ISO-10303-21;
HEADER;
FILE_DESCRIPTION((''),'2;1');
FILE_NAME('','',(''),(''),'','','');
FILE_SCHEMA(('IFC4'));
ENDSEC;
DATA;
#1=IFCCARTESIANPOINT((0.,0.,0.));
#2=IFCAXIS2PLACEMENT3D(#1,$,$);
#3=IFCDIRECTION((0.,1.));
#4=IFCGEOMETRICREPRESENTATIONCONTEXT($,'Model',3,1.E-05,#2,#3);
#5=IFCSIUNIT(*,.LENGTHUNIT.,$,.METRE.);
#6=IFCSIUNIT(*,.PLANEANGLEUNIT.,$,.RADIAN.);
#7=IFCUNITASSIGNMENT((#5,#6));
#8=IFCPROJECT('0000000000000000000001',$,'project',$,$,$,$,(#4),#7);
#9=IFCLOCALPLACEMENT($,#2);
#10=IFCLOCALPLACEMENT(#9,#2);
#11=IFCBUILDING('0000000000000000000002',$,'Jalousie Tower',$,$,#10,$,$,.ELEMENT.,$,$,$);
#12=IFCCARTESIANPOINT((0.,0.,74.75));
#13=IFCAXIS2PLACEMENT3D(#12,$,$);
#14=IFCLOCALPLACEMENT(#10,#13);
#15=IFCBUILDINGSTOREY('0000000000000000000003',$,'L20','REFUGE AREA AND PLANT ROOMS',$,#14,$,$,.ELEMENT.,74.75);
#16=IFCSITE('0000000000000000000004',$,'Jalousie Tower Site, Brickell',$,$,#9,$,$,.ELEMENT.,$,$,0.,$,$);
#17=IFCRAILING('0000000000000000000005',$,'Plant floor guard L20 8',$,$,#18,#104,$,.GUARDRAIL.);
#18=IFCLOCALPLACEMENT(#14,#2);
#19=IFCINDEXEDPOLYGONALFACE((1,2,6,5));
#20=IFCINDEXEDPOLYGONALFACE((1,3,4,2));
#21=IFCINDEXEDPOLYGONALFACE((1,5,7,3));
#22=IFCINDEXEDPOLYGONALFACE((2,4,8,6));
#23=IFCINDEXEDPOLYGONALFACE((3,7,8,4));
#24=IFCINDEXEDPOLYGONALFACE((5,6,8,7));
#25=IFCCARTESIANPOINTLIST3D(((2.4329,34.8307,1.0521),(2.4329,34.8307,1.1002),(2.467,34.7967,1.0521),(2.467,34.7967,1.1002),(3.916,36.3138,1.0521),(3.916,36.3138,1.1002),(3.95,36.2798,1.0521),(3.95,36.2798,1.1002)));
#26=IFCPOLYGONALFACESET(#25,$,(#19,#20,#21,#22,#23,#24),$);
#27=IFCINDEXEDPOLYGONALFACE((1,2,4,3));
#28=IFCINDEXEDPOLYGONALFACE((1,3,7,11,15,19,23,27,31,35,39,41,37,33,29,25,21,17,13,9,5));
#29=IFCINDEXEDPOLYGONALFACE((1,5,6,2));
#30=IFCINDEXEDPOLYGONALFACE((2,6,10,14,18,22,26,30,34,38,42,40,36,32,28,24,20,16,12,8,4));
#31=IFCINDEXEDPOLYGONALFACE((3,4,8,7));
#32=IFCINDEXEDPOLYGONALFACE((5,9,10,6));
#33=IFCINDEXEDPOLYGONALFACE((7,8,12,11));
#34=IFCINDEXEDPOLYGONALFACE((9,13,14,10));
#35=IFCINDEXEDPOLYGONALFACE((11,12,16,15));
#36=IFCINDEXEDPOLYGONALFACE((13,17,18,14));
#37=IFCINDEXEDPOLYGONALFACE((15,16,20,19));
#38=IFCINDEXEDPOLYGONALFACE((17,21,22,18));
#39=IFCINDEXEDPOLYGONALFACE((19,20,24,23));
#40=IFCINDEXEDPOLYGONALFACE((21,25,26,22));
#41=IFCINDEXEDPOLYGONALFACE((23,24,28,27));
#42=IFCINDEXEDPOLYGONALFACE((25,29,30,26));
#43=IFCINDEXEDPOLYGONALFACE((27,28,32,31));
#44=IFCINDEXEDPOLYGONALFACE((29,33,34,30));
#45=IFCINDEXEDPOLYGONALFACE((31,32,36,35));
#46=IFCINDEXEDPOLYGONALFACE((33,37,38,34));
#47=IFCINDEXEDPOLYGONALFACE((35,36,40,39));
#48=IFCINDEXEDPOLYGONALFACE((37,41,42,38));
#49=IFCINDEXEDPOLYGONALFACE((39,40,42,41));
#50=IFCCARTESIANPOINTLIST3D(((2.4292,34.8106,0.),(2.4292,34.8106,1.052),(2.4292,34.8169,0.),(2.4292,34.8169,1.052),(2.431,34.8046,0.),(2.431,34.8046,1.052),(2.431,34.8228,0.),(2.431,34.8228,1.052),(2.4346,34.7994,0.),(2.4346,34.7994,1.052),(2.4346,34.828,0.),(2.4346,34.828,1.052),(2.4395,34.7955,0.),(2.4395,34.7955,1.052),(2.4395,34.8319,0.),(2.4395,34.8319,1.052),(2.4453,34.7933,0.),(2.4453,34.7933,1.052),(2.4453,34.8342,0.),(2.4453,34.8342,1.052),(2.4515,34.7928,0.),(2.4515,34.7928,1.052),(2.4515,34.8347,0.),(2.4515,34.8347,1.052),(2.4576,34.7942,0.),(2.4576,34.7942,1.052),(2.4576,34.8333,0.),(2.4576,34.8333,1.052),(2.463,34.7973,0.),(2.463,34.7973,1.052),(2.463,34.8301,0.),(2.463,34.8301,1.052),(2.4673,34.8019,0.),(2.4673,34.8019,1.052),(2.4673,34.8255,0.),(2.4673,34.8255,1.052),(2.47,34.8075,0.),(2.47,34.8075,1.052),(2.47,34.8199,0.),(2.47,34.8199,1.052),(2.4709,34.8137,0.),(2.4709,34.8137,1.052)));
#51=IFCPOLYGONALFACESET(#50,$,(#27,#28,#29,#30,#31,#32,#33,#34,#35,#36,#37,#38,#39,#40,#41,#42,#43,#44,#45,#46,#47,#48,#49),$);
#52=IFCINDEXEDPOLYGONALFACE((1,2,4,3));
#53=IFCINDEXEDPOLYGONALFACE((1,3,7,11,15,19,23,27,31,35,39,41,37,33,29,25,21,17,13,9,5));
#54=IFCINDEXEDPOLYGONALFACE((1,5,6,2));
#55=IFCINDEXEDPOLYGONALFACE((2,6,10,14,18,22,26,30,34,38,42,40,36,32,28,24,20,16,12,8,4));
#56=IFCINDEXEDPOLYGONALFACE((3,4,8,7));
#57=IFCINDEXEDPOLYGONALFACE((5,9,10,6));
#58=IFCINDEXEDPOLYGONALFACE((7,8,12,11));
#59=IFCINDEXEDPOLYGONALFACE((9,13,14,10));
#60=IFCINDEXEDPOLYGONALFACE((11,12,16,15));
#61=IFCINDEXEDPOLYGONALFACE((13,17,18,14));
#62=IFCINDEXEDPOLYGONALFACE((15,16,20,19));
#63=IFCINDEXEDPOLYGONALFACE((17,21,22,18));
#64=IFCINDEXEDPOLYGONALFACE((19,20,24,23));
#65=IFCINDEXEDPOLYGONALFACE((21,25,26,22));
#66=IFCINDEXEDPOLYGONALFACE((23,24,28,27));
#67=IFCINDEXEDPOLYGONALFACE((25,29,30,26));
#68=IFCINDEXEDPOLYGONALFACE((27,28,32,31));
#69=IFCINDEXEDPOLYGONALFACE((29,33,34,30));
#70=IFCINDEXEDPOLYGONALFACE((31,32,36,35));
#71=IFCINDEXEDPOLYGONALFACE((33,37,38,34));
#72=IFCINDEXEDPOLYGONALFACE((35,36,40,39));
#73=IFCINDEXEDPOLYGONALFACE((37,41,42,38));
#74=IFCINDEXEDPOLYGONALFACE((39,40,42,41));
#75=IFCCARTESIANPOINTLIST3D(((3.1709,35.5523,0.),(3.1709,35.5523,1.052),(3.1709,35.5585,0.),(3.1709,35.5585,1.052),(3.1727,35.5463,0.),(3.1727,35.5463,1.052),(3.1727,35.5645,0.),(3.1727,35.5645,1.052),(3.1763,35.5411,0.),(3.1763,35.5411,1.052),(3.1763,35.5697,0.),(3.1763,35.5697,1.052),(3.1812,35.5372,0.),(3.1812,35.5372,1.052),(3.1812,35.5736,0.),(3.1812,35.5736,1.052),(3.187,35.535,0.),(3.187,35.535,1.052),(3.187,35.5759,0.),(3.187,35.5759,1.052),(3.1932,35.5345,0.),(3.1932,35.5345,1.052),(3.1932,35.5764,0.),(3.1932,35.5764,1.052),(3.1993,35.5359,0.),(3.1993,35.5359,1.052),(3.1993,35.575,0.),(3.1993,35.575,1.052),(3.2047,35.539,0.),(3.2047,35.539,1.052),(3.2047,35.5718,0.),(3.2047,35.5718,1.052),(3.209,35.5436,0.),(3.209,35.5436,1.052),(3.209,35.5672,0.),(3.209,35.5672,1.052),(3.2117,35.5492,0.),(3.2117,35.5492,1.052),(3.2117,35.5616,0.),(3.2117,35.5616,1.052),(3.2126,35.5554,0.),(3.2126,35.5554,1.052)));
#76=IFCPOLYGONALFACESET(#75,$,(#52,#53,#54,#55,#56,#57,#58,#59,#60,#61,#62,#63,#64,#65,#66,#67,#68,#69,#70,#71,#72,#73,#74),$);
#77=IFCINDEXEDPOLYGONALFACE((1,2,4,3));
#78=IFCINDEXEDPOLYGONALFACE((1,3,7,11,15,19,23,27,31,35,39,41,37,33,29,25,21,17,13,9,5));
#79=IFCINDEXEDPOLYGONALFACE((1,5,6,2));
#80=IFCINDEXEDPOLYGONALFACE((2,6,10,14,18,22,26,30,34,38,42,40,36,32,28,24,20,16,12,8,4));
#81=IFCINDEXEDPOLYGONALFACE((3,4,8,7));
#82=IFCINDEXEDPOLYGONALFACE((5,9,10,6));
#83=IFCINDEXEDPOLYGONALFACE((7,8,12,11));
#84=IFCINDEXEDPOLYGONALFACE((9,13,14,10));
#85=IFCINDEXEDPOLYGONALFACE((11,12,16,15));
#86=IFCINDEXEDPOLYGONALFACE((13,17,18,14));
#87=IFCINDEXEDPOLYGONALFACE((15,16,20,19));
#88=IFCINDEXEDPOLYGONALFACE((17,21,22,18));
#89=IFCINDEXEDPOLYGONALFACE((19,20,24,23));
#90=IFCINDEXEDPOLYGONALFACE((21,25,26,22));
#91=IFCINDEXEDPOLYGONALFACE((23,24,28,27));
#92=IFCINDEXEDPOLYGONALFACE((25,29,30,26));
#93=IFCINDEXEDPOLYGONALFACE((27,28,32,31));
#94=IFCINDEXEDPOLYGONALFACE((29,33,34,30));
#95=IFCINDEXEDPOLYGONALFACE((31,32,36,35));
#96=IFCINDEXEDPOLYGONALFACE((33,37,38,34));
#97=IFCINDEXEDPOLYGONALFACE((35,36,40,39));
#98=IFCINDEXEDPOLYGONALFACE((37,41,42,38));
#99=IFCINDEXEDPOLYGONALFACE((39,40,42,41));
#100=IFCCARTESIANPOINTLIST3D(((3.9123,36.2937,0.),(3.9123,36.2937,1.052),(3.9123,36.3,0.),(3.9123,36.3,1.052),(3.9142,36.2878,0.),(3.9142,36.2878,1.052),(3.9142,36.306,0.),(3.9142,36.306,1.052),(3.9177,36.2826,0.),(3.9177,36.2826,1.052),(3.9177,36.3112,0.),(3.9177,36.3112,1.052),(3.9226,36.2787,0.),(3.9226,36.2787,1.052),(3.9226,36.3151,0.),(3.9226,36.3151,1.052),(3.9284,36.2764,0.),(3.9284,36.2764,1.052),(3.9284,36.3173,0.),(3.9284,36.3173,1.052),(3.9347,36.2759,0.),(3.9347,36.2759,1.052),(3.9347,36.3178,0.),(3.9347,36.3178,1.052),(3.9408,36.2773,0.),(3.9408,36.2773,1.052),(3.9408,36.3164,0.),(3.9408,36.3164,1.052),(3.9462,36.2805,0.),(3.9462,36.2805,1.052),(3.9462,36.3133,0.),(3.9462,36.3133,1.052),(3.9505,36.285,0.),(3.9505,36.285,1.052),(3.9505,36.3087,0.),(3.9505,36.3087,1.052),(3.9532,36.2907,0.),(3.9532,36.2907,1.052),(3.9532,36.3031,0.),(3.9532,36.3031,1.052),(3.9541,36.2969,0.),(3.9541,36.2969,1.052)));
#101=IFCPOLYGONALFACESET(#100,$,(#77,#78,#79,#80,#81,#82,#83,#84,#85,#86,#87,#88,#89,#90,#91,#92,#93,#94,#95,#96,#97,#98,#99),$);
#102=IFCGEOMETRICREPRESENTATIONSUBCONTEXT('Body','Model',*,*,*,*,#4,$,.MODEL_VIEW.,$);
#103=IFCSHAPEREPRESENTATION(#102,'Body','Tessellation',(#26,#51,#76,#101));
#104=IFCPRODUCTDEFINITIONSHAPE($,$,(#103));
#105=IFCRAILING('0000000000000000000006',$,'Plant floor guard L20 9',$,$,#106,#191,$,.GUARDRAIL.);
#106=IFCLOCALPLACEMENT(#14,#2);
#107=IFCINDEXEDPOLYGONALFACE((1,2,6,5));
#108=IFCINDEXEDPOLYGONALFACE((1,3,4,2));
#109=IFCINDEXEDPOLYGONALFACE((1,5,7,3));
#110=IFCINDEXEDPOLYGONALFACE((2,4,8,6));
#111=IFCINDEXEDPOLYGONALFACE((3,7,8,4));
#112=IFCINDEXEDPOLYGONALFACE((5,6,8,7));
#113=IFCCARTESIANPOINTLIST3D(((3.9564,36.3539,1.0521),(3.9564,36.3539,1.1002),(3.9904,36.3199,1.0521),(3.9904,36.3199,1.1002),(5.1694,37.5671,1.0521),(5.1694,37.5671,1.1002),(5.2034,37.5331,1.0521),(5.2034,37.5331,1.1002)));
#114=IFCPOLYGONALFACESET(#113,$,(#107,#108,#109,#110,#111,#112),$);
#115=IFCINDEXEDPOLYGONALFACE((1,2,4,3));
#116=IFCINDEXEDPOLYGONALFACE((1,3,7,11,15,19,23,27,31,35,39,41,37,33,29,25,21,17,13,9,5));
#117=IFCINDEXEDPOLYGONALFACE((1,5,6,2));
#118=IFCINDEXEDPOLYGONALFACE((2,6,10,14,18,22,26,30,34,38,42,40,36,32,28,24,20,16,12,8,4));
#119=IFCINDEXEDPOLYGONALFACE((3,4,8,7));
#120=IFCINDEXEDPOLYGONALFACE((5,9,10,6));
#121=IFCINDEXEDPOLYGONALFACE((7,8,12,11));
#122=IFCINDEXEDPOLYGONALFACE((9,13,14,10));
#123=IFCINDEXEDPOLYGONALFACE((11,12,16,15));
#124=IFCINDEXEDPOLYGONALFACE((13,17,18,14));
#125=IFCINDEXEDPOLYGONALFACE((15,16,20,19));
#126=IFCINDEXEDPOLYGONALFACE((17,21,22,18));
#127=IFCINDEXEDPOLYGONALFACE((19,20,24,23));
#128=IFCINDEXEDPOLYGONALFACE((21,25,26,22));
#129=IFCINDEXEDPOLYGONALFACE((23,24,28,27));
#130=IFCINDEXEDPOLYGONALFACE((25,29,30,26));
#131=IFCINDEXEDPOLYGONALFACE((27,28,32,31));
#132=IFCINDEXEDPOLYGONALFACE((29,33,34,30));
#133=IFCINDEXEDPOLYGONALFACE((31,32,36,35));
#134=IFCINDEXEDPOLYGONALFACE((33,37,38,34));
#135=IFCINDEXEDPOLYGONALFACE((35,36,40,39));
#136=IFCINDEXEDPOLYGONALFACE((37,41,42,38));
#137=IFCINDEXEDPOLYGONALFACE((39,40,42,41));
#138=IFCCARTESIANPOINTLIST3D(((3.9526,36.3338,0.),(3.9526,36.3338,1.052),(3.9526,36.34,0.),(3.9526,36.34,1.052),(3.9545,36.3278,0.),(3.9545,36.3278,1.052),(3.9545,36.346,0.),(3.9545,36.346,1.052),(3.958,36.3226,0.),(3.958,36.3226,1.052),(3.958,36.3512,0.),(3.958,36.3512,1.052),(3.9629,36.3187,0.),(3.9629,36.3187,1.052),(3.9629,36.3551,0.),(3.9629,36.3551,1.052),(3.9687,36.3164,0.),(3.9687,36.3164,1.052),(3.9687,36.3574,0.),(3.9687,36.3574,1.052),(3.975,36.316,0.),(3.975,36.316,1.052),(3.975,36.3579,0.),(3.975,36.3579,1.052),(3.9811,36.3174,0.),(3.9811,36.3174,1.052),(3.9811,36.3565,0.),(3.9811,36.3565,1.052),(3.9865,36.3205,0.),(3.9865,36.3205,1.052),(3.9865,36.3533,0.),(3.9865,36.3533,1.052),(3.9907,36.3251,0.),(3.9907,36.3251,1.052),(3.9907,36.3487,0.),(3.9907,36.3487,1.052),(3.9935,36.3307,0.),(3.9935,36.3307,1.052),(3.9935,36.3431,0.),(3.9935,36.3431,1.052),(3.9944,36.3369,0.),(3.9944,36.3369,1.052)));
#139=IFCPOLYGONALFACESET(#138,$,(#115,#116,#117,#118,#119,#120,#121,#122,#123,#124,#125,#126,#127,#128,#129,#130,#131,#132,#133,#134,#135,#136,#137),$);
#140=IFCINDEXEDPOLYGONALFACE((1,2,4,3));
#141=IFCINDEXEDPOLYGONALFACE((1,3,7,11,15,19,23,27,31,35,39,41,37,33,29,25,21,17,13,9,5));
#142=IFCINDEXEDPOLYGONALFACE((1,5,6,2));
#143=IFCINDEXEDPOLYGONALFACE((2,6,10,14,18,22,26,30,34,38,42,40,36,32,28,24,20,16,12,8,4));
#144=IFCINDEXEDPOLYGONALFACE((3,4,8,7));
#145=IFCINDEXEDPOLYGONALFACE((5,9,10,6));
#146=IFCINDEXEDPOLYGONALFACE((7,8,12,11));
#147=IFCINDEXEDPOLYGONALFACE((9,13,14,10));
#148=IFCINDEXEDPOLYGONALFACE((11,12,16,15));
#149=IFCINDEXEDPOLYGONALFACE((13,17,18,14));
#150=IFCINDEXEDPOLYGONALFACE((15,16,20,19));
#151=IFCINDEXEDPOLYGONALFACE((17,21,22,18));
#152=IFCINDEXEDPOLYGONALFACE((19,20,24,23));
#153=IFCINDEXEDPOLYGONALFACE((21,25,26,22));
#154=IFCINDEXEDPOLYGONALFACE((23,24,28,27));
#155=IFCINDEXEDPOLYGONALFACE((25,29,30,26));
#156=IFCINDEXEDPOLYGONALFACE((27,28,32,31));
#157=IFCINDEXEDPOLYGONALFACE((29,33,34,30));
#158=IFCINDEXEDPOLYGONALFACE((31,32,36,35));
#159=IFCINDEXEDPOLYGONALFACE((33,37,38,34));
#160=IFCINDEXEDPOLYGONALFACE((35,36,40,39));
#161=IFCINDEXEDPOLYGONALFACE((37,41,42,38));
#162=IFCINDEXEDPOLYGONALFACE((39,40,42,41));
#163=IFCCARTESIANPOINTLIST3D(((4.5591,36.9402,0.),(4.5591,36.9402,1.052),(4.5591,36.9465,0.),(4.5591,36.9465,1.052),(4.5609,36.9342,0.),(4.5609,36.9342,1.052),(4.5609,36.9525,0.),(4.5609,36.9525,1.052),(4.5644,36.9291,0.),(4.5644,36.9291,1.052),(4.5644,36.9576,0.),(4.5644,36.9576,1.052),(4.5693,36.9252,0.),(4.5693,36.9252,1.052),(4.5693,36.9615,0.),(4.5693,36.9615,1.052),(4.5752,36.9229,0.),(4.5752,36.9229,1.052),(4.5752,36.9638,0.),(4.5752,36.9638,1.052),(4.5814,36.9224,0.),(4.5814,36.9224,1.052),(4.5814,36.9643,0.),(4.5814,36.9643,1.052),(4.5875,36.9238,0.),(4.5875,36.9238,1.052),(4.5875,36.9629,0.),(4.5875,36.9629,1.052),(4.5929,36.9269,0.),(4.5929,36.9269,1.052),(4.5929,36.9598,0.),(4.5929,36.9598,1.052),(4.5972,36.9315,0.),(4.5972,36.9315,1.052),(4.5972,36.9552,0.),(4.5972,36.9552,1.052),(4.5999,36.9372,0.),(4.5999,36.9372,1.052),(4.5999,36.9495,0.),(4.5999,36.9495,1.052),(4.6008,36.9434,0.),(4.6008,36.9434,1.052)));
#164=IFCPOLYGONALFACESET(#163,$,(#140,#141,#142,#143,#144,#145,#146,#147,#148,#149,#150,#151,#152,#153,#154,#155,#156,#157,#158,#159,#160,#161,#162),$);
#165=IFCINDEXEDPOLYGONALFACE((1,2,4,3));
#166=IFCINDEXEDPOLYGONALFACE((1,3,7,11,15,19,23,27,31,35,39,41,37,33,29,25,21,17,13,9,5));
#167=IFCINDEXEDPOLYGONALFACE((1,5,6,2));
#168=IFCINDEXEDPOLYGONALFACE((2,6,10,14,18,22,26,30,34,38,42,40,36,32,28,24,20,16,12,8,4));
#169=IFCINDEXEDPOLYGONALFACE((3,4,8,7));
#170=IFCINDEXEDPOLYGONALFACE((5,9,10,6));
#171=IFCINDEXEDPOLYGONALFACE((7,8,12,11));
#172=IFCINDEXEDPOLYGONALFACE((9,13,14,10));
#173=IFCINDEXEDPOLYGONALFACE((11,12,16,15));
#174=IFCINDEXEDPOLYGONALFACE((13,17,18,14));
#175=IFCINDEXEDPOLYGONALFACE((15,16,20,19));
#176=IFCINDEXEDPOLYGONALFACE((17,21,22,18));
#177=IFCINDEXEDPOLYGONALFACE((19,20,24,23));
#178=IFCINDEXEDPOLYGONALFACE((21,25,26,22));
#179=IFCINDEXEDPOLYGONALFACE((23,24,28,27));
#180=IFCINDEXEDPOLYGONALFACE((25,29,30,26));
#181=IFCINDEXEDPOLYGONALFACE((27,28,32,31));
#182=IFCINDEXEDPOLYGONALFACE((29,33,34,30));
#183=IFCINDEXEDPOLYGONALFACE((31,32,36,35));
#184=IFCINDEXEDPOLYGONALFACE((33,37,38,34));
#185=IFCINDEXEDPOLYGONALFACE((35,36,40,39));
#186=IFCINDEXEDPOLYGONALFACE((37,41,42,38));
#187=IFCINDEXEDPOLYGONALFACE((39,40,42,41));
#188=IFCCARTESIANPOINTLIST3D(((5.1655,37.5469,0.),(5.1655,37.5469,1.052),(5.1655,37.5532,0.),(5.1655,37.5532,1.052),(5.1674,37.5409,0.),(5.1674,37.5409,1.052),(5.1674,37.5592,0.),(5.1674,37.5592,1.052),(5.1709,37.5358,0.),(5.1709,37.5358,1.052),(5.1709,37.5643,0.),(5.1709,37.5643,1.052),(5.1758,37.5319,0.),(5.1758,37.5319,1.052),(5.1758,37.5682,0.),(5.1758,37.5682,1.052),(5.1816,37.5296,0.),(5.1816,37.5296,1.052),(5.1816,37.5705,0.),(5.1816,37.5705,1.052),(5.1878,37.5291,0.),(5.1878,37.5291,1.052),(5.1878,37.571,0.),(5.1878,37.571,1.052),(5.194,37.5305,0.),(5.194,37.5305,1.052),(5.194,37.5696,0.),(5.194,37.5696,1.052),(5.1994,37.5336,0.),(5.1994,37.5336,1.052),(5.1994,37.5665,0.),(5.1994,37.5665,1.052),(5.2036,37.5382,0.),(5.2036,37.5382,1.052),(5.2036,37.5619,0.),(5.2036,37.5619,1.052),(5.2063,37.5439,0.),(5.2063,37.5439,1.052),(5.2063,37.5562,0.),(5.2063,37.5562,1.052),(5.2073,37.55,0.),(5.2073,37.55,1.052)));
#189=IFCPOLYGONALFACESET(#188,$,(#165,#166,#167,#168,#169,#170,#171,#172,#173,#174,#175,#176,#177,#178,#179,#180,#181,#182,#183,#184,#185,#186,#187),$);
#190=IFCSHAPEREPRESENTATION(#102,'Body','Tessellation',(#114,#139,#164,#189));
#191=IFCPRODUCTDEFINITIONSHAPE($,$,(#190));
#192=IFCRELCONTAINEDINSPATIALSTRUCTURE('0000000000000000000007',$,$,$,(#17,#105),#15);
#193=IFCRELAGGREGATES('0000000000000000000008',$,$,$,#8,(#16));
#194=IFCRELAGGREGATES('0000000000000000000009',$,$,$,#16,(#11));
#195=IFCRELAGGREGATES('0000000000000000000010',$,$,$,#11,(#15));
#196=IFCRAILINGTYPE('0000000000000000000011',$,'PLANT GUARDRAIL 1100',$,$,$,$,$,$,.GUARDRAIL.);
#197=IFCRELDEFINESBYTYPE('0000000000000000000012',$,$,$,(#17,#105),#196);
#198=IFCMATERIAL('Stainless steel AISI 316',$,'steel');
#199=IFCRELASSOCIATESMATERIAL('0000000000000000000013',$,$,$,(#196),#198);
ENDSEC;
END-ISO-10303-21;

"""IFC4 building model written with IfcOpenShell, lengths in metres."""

from ifc_helpers import new_model, si_unit, direction, frame, origin, origin_2d, place, context, subcontext, project, spatial, rectangle, circle, extrude, material, type_object, element, save


model = new_model("IFC4")

# Units and contexts
model_context = context("Model", 3, precision=1e-05, world=origin(), true_north=direction((0.0, 1.0)))
body_context = subcontext(model_context, "Body", "Model", "MODEL_VIEW")
ifc_project = project(units=[si_unit("LENGTHUNIT", "METRE"), si_unit("PLANEANGLEUNIT", "RADIAN")], contexts=[model_context])

# Site, building, storey
site_placement = place(None, origin())
site = spatial("IfcSite", under=ifc_project, at=site_placement, Name="Jalousie Tower Site, Brickell", CompositionType="ELEMENT", RefElevation=0.0)
building_placement = place(site_placement, origin())
building = spatial("IfcBuilding", under=site, at=building_placement, Name="Jalousie Tower", CompositionType="ELEMENT")
storey_placement = place(building_placement, frame((0.0, 0.0, 74.75)))
storey = spatial("IfcBuildingStorey", under=building, at=storey_placement, Name="L20", Description="REFUGE AREA AND PLANT ROOMS", CompositionType="ELEMENT", Elevation=74.75)

# Railings
ifc_material_1 = material(Name="Stainless steel AISI 316", Category="steel")
railing_type = type_object("IfcRailingType", Name="PLANT GUARDRAIL 1100", PredefinedType="GUARDRAIL", material=ifc_material_1)
railing_1_placement = place(storey_placement, frame((2.45, 34.8137, 0.0)))
element("IfcRailing", 1, at=railing_1_placement, inside=storey, type_object=railing_type, Name="Plant floor guard L20 8", PredefinedType="GUARDRAIL", context=body_context, shape_type="SweptSolid", body=[
    extrude(rectangle(XDim=0.0481, YDim=0.0481, at=origin_2d()), frame((0.0, 0.0, 1.0762), z_axis=(0.707107, 0.707107, 0.0), x_axis=(-0.707107, 0.707107, 0.0)), (0.0, 0.0, 1.0), 2.0974),
    extrude(circle(Radius=0.021, at=origin_2d()), origin(), (0.0, 0.0, 1.0), 1.052),
    extrude(circle(Radius=0.021, at=origin_2d()), frame((0.7417, 0.7417, 0.0)), (0.0, 0.0, 1.0), 1.052),
    extrude(circle(Radius=0.021, at=origin_2d()), frame((1.4832, 1.4832, 0.0)), (0.0, 0.0, 1.0), 1.052),
])
railing_2_placement = place(storey_placement, frame((3.9734, 36.3369, 0.0)))
element("IfcRailing", 2, at=railing_2_placement, inside=storey, type_object=railing_type, Name="Plant floor guard L20 9", PredefinedType="GUARDRAIL", context=body_context, shape_type="SweptSolid", body=[
    extrude(rectangle(XDim=0.0481, YDim=0.0481, at=origin_2d()), frame((0.0, 0.0, 1.0762), z_axis=(0.707036, 0.707178, 0.0), x_axis=(-0.707178, 0.707036, 0.0)), (0.0, 0.0, 1.0), 1.7156),
    extrude(circle(Radius=0.021, at=origin_2d()), origin(), (0.0, 0.0, 1.0), 1.052),
    extrude(circle(Radius=0.021, at=origin_2d()), frame((0.6064, 0.6064, 0.0)), (0.0, 0.0, 1.0), 1.052),
    extrude(circle(Radius=0.021, at=origin_2d()), frame((1.2129, 1.2131, 0.0)), (0.0, 0.0, 1.0), 1.052),
])

save(model, "model.ifc")
